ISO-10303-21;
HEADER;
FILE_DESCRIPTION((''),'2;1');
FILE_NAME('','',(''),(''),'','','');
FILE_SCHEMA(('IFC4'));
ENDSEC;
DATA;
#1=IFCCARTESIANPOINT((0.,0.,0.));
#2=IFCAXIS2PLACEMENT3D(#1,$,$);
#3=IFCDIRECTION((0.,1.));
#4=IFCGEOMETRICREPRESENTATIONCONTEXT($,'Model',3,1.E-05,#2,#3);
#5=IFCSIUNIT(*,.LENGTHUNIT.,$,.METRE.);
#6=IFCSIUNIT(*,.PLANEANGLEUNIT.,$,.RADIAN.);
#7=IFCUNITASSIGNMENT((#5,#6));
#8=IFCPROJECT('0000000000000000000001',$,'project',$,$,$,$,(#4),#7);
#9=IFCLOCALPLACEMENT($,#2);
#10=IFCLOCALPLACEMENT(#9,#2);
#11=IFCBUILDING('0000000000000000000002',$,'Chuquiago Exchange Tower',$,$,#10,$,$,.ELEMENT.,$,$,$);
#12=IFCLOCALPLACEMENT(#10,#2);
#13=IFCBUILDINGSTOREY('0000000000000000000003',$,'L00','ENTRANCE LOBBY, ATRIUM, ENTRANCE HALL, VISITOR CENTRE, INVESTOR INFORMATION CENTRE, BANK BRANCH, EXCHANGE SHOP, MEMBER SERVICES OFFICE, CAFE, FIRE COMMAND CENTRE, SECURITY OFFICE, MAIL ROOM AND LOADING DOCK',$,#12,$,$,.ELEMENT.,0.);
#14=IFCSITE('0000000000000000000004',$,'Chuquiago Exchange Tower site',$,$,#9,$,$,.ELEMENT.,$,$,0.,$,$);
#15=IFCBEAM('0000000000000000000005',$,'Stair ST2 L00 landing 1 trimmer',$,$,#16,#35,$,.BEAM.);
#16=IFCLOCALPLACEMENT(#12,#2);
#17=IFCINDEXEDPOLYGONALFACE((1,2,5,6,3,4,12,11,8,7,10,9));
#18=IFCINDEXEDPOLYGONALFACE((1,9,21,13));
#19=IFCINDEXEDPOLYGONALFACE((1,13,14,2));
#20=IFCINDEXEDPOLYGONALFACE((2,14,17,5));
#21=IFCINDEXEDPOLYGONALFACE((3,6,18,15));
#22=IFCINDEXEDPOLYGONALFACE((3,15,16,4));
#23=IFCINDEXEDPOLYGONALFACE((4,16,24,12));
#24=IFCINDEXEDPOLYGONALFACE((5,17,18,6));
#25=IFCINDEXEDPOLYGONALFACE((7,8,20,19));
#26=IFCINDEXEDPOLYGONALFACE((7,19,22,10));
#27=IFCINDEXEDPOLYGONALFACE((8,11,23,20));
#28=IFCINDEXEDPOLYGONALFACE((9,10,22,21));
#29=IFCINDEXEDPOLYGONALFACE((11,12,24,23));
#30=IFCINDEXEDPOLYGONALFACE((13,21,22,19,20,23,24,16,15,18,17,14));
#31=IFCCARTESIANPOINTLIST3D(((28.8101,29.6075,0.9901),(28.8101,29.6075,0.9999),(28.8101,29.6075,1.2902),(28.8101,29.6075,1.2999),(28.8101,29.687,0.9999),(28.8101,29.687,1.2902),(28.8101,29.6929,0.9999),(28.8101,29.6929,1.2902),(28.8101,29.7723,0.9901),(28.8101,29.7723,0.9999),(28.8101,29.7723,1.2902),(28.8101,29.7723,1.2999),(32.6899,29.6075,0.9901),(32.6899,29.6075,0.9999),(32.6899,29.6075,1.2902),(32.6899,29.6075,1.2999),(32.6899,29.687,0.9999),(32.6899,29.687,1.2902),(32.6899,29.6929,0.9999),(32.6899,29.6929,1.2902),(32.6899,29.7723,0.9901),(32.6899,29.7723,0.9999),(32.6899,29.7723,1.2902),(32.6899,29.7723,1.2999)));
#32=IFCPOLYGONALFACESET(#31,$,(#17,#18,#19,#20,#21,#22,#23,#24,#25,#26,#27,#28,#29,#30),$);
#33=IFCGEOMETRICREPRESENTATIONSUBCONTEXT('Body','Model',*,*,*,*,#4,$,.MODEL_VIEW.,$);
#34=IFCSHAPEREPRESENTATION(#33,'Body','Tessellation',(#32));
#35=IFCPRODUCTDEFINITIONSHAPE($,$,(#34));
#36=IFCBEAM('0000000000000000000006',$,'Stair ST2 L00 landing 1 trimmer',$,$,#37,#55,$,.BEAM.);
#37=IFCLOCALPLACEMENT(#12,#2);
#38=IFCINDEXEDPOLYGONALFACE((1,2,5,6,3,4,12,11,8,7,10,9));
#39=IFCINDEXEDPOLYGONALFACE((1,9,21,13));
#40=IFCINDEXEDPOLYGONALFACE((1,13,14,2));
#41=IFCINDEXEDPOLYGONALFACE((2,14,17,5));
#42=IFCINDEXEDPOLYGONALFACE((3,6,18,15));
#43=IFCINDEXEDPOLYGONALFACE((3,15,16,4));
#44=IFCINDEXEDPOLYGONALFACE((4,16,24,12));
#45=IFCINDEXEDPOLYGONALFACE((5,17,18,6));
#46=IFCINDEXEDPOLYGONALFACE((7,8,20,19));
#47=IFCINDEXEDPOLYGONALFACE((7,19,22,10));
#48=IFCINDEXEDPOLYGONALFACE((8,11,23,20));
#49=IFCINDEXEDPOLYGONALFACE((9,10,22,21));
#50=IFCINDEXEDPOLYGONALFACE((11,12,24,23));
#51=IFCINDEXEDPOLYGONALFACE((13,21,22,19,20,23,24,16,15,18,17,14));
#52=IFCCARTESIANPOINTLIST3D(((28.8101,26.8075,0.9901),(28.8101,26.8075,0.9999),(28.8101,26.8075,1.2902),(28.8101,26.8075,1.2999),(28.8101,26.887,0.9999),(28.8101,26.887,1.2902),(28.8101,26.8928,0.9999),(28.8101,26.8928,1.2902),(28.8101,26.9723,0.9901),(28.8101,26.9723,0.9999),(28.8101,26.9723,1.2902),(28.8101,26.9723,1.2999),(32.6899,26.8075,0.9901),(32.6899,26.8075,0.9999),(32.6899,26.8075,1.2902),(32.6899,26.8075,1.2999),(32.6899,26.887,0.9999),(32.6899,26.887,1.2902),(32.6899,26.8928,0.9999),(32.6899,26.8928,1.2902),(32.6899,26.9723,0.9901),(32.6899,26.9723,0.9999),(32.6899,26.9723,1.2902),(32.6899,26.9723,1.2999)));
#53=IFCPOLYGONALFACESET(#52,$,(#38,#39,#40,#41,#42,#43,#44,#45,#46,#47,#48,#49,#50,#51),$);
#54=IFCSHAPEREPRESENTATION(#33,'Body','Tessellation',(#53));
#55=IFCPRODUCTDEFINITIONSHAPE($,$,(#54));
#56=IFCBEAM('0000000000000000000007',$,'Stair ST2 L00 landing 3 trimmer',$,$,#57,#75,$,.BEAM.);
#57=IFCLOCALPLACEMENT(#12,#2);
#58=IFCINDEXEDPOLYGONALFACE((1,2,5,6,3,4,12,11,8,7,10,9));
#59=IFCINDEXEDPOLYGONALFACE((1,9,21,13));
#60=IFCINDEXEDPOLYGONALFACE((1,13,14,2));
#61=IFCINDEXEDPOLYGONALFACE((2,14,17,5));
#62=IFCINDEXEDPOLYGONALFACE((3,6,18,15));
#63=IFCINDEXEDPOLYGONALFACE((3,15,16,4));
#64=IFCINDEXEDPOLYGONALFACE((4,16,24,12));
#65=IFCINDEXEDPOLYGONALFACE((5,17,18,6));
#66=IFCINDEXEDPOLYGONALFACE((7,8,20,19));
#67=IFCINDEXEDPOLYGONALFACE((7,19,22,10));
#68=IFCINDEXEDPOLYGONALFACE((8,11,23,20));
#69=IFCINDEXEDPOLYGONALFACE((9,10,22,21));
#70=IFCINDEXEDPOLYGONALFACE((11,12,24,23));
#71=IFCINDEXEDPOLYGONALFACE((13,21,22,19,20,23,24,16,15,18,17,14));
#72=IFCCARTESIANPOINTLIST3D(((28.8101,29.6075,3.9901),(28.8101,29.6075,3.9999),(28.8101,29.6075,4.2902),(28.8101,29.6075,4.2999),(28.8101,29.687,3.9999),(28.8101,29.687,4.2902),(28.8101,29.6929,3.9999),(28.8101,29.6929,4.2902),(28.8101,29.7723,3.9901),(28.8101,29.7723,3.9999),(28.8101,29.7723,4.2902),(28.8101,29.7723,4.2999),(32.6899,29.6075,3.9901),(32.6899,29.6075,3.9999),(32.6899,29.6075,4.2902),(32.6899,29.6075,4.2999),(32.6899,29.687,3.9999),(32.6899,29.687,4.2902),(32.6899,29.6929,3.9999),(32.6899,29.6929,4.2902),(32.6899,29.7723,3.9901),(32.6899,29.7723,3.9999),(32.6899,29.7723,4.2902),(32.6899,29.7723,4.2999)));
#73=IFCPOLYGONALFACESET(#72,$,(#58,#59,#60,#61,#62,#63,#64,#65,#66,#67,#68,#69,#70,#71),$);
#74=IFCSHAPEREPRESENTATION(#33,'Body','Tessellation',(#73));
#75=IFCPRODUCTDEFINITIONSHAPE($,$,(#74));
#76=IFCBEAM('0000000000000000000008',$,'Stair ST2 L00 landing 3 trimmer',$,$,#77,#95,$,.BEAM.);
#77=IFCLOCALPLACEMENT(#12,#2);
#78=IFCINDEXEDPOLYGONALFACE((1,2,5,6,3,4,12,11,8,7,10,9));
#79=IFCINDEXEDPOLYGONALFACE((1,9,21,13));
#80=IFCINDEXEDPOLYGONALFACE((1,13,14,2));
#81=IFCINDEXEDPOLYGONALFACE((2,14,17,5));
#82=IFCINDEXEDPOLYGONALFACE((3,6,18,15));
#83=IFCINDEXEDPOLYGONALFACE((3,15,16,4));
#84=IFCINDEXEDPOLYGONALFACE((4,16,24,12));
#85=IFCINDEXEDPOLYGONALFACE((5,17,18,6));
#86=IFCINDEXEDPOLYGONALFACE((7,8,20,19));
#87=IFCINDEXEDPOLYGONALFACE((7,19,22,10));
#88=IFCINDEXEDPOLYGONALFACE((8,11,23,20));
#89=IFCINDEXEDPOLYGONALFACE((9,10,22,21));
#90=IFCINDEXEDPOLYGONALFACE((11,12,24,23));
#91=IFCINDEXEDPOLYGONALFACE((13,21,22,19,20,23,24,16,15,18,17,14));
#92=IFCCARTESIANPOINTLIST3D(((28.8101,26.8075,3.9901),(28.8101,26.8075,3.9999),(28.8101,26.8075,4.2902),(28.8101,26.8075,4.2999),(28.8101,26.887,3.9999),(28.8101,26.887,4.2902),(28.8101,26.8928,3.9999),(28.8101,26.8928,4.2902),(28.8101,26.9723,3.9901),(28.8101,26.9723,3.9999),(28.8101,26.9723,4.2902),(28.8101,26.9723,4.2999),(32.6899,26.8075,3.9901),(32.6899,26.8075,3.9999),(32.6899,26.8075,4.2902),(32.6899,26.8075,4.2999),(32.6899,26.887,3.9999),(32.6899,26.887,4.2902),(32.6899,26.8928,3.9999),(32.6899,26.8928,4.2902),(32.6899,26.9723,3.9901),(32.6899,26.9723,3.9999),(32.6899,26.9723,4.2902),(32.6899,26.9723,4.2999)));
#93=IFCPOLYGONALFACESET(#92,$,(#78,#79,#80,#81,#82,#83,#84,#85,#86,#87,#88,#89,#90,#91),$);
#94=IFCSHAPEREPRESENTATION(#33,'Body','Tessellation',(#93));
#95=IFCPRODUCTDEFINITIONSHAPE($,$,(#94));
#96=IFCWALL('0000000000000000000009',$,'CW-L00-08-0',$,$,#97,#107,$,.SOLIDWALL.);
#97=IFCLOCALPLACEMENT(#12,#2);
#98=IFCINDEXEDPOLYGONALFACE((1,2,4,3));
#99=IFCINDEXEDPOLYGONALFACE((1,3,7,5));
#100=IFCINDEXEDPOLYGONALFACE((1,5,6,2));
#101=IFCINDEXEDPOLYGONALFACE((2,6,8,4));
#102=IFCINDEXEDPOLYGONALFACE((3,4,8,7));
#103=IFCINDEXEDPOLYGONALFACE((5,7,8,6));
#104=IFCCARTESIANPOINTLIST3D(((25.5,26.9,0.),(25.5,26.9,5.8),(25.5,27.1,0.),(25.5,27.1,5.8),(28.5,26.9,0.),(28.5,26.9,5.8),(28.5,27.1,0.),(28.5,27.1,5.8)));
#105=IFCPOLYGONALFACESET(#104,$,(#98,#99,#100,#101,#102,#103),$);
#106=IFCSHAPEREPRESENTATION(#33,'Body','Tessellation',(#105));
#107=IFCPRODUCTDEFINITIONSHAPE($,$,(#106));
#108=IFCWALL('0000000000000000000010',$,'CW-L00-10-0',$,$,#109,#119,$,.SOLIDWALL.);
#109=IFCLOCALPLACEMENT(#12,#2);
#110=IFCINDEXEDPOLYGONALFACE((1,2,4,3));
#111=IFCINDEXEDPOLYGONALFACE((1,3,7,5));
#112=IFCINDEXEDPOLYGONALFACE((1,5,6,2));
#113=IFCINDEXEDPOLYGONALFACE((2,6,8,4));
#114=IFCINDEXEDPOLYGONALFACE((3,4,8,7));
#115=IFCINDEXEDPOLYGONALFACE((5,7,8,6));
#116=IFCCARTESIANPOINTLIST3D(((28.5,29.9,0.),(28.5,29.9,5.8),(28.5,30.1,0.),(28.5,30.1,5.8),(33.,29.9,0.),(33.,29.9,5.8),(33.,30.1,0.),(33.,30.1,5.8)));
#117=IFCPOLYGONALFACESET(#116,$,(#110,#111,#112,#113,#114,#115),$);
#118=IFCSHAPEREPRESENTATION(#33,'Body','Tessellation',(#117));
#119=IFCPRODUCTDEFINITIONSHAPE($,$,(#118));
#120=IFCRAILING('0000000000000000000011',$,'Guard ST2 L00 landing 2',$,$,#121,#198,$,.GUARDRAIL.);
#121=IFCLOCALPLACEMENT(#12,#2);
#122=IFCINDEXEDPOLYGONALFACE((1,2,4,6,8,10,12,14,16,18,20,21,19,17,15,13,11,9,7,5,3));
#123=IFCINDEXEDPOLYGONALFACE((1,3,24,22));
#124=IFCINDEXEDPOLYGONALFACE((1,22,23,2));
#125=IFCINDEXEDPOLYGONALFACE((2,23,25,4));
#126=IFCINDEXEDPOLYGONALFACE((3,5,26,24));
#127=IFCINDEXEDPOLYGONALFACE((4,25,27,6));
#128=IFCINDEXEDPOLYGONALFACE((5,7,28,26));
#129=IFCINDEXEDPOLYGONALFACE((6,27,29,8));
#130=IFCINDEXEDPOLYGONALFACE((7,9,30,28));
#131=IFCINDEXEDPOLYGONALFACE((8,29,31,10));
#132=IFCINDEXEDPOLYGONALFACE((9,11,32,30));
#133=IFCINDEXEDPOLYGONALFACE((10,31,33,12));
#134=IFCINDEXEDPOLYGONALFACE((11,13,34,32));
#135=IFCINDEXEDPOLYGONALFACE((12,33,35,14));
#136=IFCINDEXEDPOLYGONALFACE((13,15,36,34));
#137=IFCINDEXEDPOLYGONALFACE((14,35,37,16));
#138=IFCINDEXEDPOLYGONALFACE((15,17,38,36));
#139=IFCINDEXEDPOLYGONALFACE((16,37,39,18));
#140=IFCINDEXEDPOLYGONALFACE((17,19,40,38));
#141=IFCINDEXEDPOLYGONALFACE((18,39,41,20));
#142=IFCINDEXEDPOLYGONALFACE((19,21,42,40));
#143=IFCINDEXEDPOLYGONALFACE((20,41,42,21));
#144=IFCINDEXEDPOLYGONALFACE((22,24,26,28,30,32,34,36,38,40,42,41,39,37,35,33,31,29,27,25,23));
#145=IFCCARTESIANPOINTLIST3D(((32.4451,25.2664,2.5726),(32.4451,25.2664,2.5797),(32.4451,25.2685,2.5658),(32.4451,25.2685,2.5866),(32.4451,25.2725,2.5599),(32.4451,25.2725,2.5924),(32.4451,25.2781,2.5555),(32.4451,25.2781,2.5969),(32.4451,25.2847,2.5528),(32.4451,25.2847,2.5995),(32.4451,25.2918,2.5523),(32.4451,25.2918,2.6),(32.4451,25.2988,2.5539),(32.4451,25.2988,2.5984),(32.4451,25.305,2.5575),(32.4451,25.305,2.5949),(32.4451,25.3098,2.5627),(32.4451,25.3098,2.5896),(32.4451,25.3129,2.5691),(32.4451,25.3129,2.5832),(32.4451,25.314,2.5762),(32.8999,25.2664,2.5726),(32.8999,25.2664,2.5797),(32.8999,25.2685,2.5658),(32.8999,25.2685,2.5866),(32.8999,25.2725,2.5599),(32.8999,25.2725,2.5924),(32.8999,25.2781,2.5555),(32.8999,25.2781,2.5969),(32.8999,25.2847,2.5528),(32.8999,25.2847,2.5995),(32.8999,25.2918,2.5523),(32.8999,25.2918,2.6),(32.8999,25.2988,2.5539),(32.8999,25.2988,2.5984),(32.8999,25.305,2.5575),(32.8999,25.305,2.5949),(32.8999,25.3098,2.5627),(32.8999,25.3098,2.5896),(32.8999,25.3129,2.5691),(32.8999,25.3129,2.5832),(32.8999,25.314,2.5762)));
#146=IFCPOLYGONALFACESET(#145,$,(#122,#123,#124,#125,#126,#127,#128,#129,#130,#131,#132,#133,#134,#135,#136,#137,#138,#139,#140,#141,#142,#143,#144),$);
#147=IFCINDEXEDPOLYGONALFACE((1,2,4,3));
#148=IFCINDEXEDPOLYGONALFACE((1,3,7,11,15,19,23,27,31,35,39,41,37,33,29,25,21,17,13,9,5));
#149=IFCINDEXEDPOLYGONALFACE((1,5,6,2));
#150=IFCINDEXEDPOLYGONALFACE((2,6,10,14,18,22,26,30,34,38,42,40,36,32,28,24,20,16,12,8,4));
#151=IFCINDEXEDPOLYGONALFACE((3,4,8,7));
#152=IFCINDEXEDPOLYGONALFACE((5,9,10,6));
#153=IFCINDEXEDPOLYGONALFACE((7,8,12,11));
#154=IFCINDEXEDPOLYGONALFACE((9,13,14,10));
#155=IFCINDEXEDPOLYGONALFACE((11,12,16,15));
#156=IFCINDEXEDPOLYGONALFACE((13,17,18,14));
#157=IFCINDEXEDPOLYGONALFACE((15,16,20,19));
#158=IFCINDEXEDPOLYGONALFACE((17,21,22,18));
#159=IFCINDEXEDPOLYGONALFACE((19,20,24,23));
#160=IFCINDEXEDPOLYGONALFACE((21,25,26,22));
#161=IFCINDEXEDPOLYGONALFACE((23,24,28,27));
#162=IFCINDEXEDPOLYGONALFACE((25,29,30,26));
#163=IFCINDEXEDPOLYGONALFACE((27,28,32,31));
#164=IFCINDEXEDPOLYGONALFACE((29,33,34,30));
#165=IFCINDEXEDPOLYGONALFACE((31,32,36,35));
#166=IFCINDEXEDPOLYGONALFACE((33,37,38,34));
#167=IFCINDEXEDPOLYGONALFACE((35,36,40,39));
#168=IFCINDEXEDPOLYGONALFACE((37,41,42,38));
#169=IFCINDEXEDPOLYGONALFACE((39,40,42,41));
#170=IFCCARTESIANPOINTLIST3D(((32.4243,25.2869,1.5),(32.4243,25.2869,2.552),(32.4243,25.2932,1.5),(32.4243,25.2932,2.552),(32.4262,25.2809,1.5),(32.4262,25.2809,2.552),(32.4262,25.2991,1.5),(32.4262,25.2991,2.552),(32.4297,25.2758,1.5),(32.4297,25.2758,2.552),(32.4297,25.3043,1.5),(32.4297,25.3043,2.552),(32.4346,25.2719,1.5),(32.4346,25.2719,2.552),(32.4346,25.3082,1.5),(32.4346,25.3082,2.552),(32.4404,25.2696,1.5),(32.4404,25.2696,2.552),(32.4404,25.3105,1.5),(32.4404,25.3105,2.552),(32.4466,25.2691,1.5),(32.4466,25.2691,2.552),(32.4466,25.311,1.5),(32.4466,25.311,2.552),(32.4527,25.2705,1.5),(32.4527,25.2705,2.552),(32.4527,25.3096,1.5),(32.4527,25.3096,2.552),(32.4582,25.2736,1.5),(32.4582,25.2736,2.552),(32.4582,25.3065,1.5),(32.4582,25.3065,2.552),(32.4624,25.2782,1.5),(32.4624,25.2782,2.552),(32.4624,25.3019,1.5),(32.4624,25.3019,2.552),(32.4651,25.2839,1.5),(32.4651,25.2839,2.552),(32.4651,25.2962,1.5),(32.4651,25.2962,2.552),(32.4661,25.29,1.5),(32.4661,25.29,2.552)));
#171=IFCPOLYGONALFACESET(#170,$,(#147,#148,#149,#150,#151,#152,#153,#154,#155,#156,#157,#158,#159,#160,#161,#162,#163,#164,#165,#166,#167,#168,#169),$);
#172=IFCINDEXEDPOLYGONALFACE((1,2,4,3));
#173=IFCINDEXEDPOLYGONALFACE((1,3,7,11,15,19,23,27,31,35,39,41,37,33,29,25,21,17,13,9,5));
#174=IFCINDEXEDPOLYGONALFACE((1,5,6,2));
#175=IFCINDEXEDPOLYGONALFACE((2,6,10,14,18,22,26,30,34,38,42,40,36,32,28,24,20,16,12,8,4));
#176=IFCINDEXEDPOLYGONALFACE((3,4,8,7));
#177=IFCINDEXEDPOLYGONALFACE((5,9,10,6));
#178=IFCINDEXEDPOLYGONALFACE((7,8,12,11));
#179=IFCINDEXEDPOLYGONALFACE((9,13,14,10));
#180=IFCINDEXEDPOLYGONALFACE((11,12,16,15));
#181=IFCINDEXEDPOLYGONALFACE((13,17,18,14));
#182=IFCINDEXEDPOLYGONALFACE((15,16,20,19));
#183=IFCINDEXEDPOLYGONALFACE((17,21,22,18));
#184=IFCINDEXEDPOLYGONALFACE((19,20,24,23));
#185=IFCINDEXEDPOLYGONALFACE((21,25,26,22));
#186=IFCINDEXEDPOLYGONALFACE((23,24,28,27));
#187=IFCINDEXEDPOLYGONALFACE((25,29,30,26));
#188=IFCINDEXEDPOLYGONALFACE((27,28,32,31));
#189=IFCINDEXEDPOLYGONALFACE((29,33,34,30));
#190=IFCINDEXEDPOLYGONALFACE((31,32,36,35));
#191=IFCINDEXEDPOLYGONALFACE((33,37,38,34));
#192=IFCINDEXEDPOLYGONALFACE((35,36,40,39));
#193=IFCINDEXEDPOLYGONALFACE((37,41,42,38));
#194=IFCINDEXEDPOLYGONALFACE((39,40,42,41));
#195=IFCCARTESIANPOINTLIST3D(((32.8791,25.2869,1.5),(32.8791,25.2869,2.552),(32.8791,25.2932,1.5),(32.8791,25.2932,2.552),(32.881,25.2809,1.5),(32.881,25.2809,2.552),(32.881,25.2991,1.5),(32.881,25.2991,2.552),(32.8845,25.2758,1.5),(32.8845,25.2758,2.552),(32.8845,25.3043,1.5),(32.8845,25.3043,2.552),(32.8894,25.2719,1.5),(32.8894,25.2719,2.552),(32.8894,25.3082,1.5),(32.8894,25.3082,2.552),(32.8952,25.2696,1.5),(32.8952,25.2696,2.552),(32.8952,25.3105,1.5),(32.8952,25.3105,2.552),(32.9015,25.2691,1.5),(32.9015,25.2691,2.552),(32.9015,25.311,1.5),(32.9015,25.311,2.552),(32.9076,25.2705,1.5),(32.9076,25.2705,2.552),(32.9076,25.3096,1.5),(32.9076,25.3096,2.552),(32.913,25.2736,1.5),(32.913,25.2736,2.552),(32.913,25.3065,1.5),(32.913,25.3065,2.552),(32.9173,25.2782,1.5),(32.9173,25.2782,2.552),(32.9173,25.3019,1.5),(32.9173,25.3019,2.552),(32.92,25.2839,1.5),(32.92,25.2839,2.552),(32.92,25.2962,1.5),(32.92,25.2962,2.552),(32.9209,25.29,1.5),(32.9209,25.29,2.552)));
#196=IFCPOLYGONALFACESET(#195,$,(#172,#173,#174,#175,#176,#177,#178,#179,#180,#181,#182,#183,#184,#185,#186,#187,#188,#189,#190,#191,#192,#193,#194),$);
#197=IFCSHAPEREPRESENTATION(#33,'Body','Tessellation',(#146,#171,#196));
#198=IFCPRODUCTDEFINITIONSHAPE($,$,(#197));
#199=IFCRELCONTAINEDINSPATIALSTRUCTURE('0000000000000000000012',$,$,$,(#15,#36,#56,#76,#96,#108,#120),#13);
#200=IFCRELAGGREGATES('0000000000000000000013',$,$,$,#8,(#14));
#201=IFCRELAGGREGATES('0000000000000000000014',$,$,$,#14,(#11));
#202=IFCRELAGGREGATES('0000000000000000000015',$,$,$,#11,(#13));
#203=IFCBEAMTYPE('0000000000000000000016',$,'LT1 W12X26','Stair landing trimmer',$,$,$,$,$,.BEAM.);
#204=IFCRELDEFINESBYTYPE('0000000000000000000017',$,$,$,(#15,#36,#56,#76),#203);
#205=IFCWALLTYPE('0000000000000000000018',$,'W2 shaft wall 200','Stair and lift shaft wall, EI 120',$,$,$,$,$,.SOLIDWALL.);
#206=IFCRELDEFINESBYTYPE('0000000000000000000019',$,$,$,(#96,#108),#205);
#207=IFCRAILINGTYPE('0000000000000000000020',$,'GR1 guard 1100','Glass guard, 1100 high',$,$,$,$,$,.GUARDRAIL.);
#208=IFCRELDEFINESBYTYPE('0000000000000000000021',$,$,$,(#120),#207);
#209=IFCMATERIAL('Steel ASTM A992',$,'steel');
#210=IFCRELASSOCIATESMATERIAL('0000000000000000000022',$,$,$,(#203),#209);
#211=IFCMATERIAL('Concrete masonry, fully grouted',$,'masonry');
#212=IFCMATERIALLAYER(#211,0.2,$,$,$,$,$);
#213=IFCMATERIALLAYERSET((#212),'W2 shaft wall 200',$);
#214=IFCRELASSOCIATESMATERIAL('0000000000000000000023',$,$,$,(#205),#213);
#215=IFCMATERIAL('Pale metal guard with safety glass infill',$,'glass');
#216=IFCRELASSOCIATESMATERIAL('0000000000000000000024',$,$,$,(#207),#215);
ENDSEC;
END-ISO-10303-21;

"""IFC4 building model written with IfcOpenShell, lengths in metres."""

from ifc_helpers import new_model, si_unit, direction, frame, frame_2d, origin, origin_2d, place, context, subcontext, project, spatial, rectangle, circle, i_section, extrude, material, layer, layer_set, material_profile, profile_set, type_object, element, save


model = new_model("IFC4")

# Units and contexts
model_context = context("Model", 3, precision=1e-05, world=origin(), true_north=direction((0.0, 1.0)))
body_context = subcontext(model_context, "Body", "Model", "MODEL_VIEW")
ifc_project = project(units=[si_unit("LENGTHUNIT", "METRE"), si_unit("PLANEANGLEUNIT", "RADIAN")], contexts=[model_context])

# Site, building, storey
site_placement = place(None, origin())
site = spatial("IfcSite", under=ifc_project, at=site_placement, Name="Chuquiago Exchange Tower site", CompositionType="ELEMENT", RefElevation=0.0)
building_placement = place(site_placement, origin())
building = spatial("IfcBuilding", under=site, at=building_placement, Name="Chuquiago Exchange Tower", CompositionType="ELEMENT")
storey_placement = place(building_placement, origin())
storey = spatial("IfcBuildingStorey", under=building, at=storey_placement, Name="L00", Description="ENTRANCE LOBBY, ATRIUM, ENTRANCE HALL, VISITOR CENTRE, INVESTOR INFORMATION CENTRE, BANK BRANCH, EXCHANGE SHOP, MEMBER SERVICES OFFICE, CAFE, FIRE COMMAND CENTRE, SECURITY OFFICE, MAIL ROOM AND LOADING DOCK", CompositionType="ELEMENT", Elevation=0.0)

# Beams
ifc_material_1 = material(Name="Steel ASTM A992", Category="steel")
ifc_material_profile_1 = material_profile(ifc_material_1, i_section(OverallWidth=0.1648, OverallDepth=0.3098, WebThickness=0.0059, FlangeThickness=0.0098, at=origin_2d()), Name="W12X26")
ifc_profile_set_1 = profile_set([ifc_material_profile_1], Name="Steel ASTM A992")
beam_type_1 = type_object("IfcBeamType", Name="LT1 W12X26", Description="Stair landing trimmer", PredefinedType="BEAM", material=ifc_profile_set_1)
for number, where, z_axis, x_axis, name in (
    (1, (28.8101, 29.6899, 1.145), (1.0, 0.0, 0.0), (0.0, 1.0, 0.0), "Stair ST2 L00 landing 1 trimmer"),
    (2, (28.8101, 26.8899, 1.145), (1.0, 0.0, 0.0), (0.0, 1.0, 0.0), "Stair ST2 L00 landing 1 trimmer"),
    (3, (28.8101, 29.6899, 4.145), (1.0, 0.0, 0.0), (0.0, 1.0, 0.0), "Stair ST2 L00 landing 3 trimmer"),
    (4, (28.8101, 26.8899, 4.145), (1.0, 0.0, 0.0), (0.0, 1.0, 0.0), "Stair ST2 L00 landing 3 trimmer"),
):
    element("IfcBeam", number, at=place(storey_placement, frame(where, z_axis=z_axis, x_axis=x_axis)), inside=storey, type_object=beam_type_1, Name=name, PredefinedType="BEAM", context=body_context, shape_type="SweptSolid", body=[
        extrude(i_section(OverallWidth=0.1648, OverallDepth=0.3098, WebThickness=0.0059, FlangeThickness=0.0098, at=origin_2d()), origin(), (0.0, 0.0, 1.0), 3.8799),
    ])

# Walls
ifc_material_2 = material(Name="Concrete masonry, fully grouted", Category="masonry")
ifc_layer = layer(ifc_material_2, 0.2)
ifc_layer_set = layer_set([ifc_layer], Name="W2 shaft wall 200")
wall_type = type_object("IfcWallType", Name="W2 shaft wall 200", Description="Stair and lift shaft wall, EI 120", PredefinedType="SOLIDWALL", material=ifc_layer_set)
wall_1_placement = place(storey_placement, frame((25.5, 27.0, 0.0), z_axis=(0.0, 0.0, 1.0), x_axis=(1.0, 0.0, 0.0)))
element("IfcWall", 5, at=wall_1_placement, inside=storey, type_object=wall_type, Name="CW-L00-08-0", PredefinedType="SOLIDWALL", context=body_context, shape_type="SweptSolid", body=[
    extrude(rectangle(XDim=3.0, YDim=0.2, at=frame_2d((1.5, 0.0))), origin(), (0.0, 0.0, 1.0), 5.8),
])
wall_2_placement = place(storey_placement, frame((28.5, 30.0, 0.0), z_axis=(0.0, 0.0, 1.0), x_axis=(1.0, 0.0, 0.0)))
element("IfcWall", 6, at=wall_2_placement, inside=storey, type_object=wall_type, Name="CW-L00-10-0", PredefinedType="SOLIDWALL", context=body_context, shape_type="SweptSolid", body=[
    extrude(rectangle(XDim=4.5, YDim=0.2, at=frame_2d((2.25, 0.0))), origin(), (0.0, 0.0, 1.0), 5.8),
])

# Railing
ifc_material_3 = material(Name="Pale metal guard with safety glass infill", Category="glass")
railing_type_1 = type_object("IfcRailingType", Name="GR1 guard 1100", Description="Glass guard, 1100 high", PredefinedType="GUARDRAIL", material=ifc_material_3)
for number, where, name in (
    (7, (32.4451, 25.29, 1.5), "Guard ST2 L00 landing 2"),
):
    element("IfcRailing", number, at=place(storey_placement, frame(where)), inside=storey, type_object=railing_type_1, Name=name, PredefinedType="GUARDRAIL", context=body_context, shape_type="SweptSolid", body=[
        extrude(circle(Radius=0.0239, at=origin_2d()), frame((0.0, 0.0, 1.0762), z_axis=(1.0, 0.0, 0.0), x_axis=(0.0, 1.0, 0.0)), (0.0, 0.0, 1.0), 0.4548),
        extrude(circle(Radius=0.021, at=origin_2d()), origin(), (0.0, 0.0, 1.0), 1.052),
        extrude(circle(Radius=0.021, at=origin_2d()), frame((0.4548, 0.0, 0.0)), (0.0, 0.0, 1.0), 1.052),
    ])

save(model, "model.ifc")
